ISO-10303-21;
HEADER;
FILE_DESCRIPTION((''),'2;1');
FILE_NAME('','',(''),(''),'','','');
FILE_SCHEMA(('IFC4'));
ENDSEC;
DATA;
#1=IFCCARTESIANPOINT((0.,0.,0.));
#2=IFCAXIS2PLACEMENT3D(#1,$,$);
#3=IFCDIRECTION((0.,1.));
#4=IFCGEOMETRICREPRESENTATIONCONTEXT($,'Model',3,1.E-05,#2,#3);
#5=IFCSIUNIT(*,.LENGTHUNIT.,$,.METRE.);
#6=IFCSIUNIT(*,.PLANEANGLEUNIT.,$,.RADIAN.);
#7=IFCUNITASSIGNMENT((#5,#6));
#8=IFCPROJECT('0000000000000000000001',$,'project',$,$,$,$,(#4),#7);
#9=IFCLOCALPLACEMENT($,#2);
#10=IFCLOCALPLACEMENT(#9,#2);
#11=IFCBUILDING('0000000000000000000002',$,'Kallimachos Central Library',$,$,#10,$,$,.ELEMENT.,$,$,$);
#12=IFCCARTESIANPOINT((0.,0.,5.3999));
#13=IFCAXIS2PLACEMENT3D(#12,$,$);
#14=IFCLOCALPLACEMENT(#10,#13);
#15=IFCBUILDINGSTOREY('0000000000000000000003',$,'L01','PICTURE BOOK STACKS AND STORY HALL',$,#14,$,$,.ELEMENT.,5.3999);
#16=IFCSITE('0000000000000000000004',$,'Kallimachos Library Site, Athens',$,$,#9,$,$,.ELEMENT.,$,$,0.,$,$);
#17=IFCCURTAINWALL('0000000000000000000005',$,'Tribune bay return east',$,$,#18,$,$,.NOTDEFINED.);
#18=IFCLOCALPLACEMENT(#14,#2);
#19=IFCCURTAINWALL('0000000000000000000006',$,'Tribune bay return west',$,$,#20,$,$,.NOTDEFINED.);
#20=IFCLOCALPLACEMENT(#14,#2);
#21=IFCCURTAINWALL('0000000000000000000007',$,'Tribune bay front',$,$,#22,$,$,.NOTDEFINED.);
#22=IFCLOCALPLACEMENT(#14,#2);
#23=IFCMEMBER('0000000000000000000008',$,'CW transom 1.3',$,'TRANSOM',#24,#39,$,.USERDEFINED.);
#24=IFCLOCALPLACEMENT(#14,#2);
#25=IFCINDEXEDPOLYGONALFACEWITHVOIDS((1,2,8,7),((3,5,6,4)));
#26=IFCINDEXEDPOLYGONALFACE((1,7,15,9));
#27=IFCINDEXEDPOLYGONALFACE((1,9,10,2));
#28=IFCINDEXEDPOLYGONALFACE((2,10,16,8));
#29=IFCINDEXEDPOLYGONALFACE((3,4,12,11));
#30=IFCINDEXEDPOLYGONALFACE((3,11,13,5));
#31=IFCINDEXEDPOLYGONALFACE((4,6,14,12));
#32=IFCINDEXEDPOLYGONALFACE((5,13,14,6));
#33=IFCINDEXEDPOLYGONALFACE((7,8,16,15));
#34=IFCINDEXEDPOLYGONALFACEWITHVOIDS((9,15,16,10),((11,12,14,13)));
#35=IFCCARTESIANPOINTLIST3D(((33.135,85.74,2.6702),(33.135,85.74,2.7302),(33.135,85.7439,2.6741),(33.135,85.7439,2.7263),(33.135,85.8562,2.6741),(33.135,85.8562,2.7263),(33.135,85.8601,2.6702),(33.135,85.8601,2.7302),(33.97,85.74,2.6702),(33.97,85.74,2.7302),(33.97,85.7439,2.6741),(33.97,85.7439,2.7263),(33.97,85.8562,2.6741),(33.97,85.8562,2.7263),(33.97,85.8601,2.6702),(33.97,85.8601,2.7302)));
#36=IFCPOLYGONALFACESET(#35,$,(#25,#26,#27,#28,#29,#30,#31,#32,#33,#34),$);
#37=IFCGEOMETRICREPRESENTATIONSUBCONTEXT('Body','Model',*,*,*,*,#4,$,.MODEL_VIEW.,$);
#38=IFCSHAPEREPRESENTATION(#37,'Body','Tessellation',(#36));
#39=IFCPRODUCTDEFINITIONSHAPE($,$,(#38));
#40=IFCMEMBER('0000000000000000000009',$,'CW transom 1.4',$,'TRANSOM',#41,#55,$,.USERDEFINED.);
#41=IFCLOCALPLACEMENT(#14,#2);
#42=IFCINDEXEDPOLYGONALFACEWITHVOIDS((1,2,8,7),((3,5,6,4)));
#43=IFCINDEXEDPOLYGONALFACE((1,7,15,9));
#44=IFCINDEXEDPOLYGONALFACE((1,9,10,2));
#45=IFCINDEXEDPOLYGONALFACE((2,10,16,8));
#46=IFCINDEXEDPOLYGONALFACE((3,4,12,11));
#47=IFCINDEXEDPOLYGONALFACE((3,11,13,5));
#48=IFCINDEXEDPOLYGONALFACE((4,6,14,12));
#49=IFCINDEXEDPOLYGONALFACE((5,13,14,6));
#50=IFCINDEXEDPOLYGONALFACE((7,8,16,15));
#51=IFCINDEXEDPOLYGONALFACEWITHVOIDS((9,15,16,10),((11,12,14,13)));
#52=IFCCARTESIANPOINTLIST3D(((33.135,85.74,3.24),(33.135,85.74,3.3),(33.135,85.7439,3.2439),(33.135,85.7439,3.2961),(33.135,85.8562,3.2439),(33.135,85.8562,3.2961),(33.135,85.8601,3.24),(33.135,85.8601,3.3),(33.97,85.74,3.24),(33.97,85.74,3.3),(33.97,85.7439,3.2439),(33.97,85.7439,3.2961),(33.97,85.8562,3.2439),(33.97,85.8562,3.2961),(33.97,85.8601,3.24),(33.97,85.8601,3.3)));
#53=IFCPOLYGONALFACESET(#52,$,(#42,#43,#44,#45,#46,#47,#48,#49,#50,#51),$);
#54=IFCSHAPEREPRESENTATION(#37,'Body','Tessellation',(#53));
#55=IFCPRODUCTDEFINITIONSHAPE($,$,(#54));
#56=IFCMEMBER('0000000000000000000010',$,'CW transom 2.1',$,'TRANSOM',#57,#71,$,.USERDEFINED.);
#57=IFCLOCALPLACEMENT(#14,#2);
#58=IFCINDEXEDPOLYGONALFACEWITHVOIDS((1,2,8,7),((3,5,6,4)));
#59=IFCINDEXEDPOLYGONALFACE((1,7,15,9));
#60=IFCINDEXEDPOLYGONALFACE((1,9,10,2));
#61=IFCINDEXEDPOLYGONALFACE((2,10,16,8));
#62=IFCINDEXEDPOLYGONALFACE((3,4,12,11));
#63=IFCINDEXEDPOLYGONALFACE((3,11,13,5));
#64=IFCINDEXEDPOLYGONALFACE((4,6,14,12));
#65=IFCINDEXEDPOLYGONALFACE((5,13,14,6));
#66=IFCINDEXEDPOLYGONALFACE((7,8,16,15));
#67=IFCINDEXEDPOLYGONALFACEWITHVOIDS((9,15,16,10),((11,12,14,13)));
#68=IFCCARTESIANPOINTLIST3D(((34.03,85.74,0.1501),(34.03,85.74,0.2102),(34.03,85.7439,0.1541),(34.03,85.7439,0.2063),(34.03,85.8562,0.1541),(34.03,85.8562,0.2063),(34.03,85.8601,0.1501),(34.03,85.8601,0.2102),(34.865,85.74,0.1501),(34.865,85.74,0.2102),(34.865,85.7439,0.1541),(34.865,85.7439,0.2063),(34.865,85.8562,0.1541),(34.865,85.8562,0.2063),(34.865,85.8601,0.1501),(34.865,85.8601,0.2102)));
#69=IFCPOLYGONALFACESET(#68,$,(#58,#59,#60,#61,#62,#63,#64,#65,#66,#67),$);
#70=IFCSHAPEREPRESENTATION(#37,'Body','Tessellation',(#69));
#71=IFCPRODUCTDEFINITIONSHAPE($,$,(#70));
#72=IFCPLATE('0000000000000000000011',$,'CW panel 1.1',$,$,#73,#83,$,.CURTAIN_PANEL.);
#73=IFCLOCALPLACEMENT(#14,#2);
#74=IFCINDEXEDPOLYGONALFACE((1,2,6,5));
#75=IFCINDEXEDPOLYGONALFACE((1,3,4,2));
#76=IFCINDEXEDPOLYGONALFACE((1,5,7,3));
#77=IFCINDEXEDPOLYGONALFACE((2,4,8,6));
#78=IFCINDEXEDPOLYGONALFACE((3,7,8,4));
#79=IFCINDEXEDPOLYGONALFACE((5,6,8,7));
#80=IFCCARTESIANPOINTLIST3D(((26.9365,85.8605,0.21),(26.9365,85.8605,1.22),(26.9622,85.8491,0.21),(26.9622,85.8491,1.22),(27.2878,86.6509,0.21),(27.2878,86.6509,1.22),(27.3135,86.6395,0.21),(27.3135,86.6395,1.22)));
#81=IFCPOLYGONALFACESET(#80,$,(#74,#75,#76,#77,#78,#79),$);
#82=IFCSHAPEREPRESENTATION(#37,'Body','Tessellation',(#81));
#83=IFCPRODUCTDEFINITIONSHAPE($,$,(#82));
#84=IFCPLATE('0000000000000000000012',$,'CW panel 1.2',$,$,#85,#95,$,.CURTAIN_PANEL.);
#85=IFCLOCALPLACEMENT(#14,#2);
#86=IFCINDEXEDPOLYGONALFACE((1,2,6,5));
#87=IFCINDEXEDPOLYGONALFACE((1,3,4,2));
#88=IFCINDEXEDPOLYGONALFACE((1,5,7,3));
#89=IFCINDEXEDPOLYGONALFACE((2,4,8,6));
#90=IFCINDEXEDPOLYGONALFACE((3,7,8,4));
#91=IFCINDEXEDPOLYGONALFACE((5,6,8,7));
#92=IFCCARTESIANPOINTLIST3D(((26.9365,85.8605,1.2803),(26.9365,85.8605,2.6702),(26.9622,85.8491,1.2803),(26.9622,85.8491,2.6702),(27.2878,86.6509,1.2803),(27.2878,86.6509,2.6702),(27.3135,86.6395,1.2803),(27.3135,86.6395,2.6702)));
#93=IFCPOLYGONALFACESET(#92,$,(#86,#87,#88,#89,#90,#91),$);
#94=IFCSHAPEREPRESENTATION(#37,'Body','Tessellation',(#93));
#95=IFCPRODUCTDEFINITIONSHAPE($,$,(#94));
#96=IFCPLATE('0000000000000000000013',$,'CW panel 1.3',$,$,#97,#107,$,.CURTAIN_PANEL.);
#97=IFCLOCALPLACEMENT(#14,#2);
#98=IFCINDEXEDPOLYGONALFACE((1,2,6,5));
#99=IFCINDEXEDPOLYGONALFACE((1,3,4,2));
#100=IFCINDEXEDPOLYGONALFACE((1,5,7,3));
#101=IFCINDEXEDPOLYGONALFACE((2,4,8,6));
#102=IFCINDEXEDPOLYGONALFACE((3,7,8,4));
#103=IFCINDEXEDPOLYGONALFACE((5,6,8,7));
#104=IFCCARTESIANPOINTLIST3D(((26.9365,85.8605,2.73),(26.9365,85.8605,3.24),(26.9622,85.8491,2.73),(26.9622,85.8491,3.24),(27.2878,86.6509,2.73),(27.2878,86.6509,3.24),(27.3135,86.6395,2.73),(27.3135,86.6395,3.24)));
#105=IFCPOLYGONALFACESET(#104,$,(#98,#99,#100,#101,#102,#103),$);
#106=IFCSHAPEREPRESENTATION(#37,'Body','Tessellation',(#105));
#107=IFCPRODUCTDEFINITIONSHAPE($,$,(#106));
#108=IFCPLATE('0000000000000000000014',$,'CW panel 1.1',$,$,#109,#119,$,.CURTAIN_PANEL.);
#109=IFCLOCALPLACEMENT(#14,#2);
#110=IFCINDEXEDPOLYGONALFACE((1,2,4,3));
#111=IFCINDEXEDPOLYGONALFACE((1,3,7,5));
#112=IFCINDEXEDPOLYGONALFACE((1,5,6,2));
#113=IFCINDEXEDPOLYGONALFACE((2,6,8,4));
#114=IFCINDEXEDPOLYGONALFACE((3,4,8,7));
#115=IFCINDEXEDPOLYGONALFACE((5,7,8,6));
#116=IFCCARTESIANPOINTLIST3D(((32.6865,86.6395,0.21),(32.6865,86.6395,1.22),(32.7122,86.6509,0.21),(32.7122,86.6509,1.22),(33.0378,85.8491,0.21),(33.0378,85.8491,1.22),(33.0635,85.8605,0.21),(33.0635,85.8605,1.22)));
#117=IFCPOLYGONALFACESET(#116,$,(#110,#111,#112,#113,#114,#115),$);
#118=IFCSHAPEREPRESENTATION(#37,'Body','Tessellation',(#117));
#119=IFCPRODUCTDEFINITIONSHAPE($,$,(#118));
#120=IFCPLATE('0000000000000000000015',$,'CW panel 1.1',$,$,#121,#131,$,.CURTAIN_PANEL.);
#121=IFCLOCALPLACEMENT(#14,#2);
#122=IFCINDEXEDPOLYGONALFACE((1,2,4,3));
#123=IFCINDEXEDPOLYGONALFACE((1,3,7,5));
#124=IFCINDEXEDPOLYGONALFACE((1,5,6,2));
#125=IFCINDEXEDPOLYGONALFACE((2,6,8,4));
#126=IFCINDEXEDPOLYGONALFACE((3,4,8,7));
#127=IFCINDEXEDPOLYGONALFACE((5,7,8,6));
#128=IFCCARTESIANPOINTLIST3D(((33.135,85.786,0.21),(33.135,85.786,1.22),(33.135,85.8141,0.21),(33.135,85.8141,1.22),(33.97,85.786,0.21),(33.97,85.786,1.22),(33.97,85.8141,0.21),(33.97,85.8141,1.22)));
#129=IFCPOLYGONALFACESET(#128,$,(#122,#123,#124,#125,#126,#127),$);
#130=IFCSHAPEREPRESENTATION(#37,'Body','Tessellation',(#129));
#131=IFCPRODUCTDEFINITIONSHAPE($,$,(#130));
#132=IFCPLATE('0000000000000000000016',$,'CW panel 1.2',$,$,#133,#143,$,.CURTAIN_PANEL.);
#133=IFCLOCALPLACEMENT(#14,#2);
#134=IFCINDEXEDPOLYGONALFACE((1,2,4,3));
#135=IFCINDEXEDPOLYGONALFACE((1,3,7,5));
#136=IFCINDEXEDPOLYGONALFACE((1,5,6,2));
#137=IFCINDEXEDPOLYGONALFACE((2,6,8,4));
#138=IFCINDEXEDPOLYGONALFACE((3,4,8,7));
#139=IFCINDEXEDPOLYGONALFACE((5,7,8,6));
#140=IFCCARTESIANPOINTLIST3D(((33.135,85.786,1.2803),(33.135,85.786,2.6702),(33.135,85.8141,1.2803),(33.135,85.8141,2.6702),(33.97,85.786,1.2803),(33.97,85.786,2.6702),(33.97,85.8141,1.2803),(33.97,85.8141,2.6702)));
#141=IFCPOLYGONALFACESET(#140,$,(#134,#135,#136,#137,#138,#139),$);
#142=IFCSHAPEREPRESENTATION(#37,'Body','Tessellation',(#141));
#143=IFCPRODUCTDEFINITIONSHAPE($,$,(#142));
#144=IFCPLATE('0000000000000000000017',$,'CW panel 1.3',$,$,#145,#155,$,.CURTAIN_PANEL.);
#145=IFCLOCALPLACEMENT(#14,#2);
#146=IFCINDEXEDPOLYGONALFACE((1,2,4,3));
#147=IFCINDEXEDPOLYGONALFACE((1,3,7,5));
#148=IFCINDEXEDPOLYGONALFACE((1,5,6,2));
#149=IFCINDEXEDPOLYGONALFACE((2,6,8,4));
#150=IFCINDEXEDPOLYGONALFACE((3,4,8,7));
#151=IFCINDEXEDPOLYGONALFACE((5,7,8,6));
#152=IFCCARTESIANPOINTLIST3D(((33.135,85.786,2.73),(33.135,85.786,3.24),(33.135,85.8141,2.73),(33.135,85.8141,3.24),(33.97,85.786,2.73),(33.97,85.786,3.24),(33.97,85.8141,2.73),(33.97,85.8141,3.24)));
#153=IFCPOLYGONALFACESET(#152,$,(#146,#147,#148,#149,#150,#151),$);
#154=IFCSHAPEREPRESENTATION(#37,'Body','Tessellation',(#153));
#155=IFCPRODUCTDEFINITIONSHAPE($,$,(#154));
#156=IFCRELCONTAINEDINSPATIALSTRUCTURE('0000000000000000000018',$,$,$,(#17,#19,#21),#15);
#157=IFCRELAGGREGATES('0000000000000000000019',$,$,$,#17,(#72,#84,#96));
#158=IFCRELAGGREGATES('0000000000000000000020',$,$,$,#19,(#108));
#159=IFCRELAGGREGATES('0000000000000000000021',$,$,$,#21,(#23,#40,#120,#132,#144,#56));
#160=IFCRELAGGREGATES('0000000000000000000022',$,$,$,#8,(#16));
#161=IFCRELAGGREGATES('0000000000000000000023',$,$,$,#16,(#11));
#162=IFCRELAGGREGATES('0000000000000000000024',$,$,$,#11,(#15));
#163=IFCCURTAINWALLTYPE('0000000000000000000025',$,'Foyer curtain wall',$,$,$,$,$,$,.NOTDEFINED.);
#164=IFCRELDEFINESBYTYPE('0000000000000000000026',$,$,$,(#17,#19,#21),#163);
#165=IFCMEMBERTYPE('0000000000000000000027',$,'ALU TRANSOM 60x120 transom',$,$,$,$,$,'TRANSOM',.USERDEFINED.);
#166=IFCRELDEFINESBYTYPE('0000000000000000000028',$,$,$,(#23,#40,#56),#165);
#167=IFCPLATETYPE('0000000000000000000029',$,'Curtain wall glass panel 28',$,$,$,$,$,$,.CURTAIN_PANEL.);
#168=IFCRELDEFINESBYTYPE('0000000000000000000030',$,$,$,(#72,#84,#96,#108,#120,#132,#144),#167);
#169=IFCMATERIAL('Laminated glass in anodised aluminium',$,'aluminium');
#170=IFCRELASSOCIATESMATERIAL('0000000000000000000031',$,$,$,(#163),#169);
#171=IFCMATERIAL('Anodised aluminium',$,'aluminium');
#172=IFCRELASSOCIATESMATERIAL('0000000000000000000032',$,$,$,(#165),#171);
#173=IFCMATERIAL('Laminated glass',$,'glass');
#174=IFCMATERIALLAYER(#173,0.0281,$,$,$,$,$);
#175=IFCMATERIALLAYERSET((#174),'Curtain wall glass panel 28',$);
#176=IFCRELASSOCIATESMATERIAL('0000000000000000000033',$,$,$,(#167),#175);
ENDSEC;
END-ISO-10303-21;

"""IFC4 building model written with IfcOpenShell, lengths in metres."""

from ifc_helpers import new_model, si_unit, direction, frame, origin, origin_2d, place, context, subcontext, project, spatial, rectangle, hollow_rectangle, extrude, material, layer, layer_set, material_profile, profile_set, type_object, element, aggregate, save


model = new_model("IFC4")

# Units and contexts
model_context = context("Model", 3, precision=1e-05, world=origin(), true_north=direction((0.0, 1.0)))
body_context = subcontext(model_context, "Body", "Model", "MODEL_VIEW")
ifc_project = project(units=[si_unit("LENGTHUNIT", "METRE"), si_unit("PLANEANGLEUNIT", "RADIAN")], contexts=[model_context])

# Site, building, storey
site_placement = place(None, origin())
site = spatial("IfcSite", under=ifc_project, at=site_placement, Name="Kallimachos Library Site, Athens", CompositionType="ELEMENT", RefElevation=0.0)
building_placement = place(site_placement, origin())
building = spatial("IfcBuilding", under=site, at=building_placement, Name="Kallimachos Central Library", CompositionType="ELEMENT")
storey_placement = place(building_placement, frame((0.0, 0.0, 5.3999)))
storey = spatial("IfcBuildingStorey", under=building, at=storey_placement, Name="L01", Description="PICTURE BOOK STACKS AND STORY HALL", CompositionType="ELEMENT", Elevation=5.3999)

# Curtain walls
ifc_material_1 = material(Name="Laminated glass in anodised aluminium", Category="aluminium")
curtain_wall_type = type_object("IfcCurtainWallType", Name="Foyer curtain wall", PredefinedType="NOTDEFINED", material=ifc_material_1)
curtain_wall_1_placement = place(storey_placement, origin())
curtain_wall_1 = element("IfcCurtainWall", 1, at=curtain_wall_1_placement, inside=storey, type_object=curtain_wall_type, Name="Tribune bay return east", PredefinedType="NOTDEFINED")
curtain_wall_2_placement = place(storey_placement, origin())
curtain_wall_2 = element("IfcCurtainWall", 2, at=curtain_wall_2_placement, inside=storey, type_object=curtain_wall_type, Name="Tribune bay return west", PredefinedType="NOTDEFINED")

# Curtain wall
curtain_wall_3_placement = place(storey_placement, origin())
curtain_wall_3 = element("IfcCurtainWall", 3, at=curtain_wall_3_placement, inside=storey, type_object=curtain_wall_type, Name="Tribune bay front", PredefinedType="NOTDEFINED")

# Members
ifc_material_2 = material(Name="Anodised aluminium", Category="aluminium")
ifc_material_profile_1 = material_profile(ifc_material_2, hollow_rectangle(XDim=0.0601, YDim=0.1201, WallThickness=0.0039, at=origin_2d()), Name="ALU TRANSOM 60x120")
ifc_profile_set_1 = profile_set([ifc_material_profile_1], Name="Anodised aluminium")
member_type_1 = type_object("IfcMemberType", Name="ALU TRANSOM 60x120 transom", ElementType="TRANSOM", PredefinedType="USERDEFINED", material=ifc_profile_set_1)
member_1_placement = place(storey_placement, frame((33.135, 85.8, 2.7002), z_axis=(1.0, 0.0, 0.0), x_axis=(0.0, 0.0, 1.0)))
member_1 = element("IfcMember", 4, at=member_1_placement, type_object=member_type_1, Name="CW transom 1.3", ObjectType="TRANSOM", PredefinedType="USERDEFINED", context=body_context, shape_type="SweptSolid", body=[
    extrude(hollow_rectangle(XDim=0.0601, YDim=0.1201, WallThickness=0.0039, at=origin_2d()), origin(), (0.0, 0.0, 1.0), 0.835),
])
member_2_placement = place(storey_placement, frame((33.135, 85.8, 3.27), z_axis=(1.0, 0.0, 0.0), x_axis=(0.0, 0.0, 1.0)))
member_2 = element("IfcMember", 5, at=member_2_placement, type_object=member_type_1, Name="CW transom 1.4", ObjectType="TRANSOM", PredefinedType="USERDEFINED", context=body_context, shape_type="SweptSolid", body=[
    extrude(hollow_rectangle(XDim=0.0601, YDim=0.1201, WallThickness=0.0039, at=origin_2d()), origin(), (0.0, 0.0, 1.0), 0.835),
])
member_3_placement = place(storey_placement, frame((34.03, 85.8, 0.1802), z_axis=(1.0, 0.0, 0.0), x_axis=(0.0, 0.0, 1.0)))
member_3 = element("IfcMember", 6, at=member_3_placement, type_object=member_type_1, Name="CW transom 2.1", ObjectType="TRANSOM", PredefinedType="USERDEFINED", context=body_context, shape_type="SweptSolid", body=[
    extrude(hollow_rectangle(XDim=0.0601, YDim=0.1201, WallThickness=0.0039, at=origin_2d()), origin(), (0.0, 0.0, 1.0), 0.835),
])

# Plates
ifc_material_3 = material(Name="Laminated glass", Category="glass")
ifc_layer = layer(ifc_material_3, 0.0281)
ifc_layer_set = layer_set([ifc_layer], Name="Curtain wall glass panel 28")
plate_type = type_object("IfcPlateType", Name="Curtain wall glass panel 28", PredefinedType="CURTAIN_PANEL", material=ifc_layer_set)
plate_1_placement = place(storey_placement, frame((27.125, 86.25, 0.21), z_axis=(0.0, 0.0, 1.0), x_axis=(0.406138, 0.913812, 0.0)))
plate_1 = element("IfcPlate", 7, at=plate_1_placement, type_object=plate_type, Name="CW panel 1.1", PredefinedType="CURTAIN_PANEL", context=body_context, shape_type="SweptSolid", body=[
    extrude(rectangle(XDim=0.865, YDim=0.0281, at=origin_2d()), origin(), (0.0, 0.0, 1.0), 1.01),
])
plate_2_placement = place(storey_placement, frame((27.125, 86.25, 1.2803), z_axis=(0.0, 0.0, 1.0), x_axis=(0.406138, 0.913812, 0.0)))
plate_2 = element("IfcPlate", 8, at=plate_2_placement, type_object=plate_type, Name="CW panel 1.2", PredefinedType="CURTAIN_PANEL", context=body_context, shape_type="SweptSolid", body=[
    extrude(rectangle(XDim=0.865, YDim=0.0281, at=origin_2d()), origin(), (0.0, 0.0, 1.0), 1.3899),
])
plate_3_placement = place(storey_placement, frame((27.125, 86.25, 2.73), z_axis=(0.0, 0.0, 1.0), x_axis=(0.406138, 0.913812, 0.0)))
plate_3 = element("IfcPlate", 9, at=plate_3_placement, type_object=plate_type, Name="CW panel 1.3", PredefinedType="CURTAIN_PANEL", context=body_context, shape_type="SweptSolid", body=[
    extrude(rectangle(XDim=0.865, YDim=0.0281, at=origin_2d()), origin(), (0.0, 0.0, 1.0), 0.51),
])
aggregate(curtain_wall_1, [plate_1, plate_2, plate_3])
plate_4_placement = place(storey_placement, frame((32.875, 86.25, 0.21), z_axis=(0.0, 0.0, 1.0), x_axis=(0.406138, -0.913812, 0.0)))
plate_4 = element("IfcPlate", 10, at=plate_4_placement, type_object=plate_type, Name="CW panel 1.1", PredefinedType="CURTAIN_PANEL", context=body_context, shape_type="SweptSolid", body=[
    extrude(rectangle(XDim=0.865, YDim=0.0281, at=origin_2d()), origin(), (0.0, 0.0, 1.0), 1.01),
])
aggregate(curtain_wall_2, [plate_4])
plate_5_placement = place(storey_placement, frame((33.5525, 85.8, 0.21), z_axis=(0.0, 0.0, 1.0), x_axis=(1.0, 0.0, 0.0)))
plate_5 = element("IfcPlate", 11, at=plate_5_placement, type_object=plate_type, Name="CW panel 1.1", PredefinedType="CURTAIN_PANEL", context=body_context, shape_type="SweptSolid", body=[
    extrude(rectangle(XDim=0.835, YDim=0.0281, at=origin_2d()), origin(), (0.0, 0.0, 1.0), 1.01),
])
plate_6_placement = place(storey_placement, frame((33.5525, 85.8, 1.2803), z_axis=(0.0, 0.0, 1.0), x_axis=(1.0, 0.0, 0.0)))
plate_6 = element("IfcPlate", 12, at=plate_6_placement, type_object=plate_type, Name="CW panel 1.2", PredefinedType="CURTAIN_PANEL", context=body_context, shape_type="SweptSolid", body=[
    extrude(rectangle(XDim=0.835, YDim=0.0281, at=origin_2d()), origin(), (0.0, 0.0, 1.0), 1.3899),
])
plate_7_placement = place(storey_placement, frame((33.5525, 85.8, 2.73), z_axis=(0.0, 0.0, 1.0), x_axis=(1.0, 0.0, 0.0)))
plate_7 = element("IfcPlate", 13, at=plate_7_placement, type_object=plate_type, Name="CW panel 1.3", PredefinedType="CURTAIN_PANEL", context=body_context, shape_type="SweptSolid", body=[
    extrude(rectangle(XDim=0.835, YDim=0.0281, at=origin_2d()), origin(), (0.0, 0.0, 1.0), 0.51),
])
aggregate(curtain_wall_3, [member_1, member_2, plate_5, plate_6, plate_7, member_3])

save(model, "model.ifc")
